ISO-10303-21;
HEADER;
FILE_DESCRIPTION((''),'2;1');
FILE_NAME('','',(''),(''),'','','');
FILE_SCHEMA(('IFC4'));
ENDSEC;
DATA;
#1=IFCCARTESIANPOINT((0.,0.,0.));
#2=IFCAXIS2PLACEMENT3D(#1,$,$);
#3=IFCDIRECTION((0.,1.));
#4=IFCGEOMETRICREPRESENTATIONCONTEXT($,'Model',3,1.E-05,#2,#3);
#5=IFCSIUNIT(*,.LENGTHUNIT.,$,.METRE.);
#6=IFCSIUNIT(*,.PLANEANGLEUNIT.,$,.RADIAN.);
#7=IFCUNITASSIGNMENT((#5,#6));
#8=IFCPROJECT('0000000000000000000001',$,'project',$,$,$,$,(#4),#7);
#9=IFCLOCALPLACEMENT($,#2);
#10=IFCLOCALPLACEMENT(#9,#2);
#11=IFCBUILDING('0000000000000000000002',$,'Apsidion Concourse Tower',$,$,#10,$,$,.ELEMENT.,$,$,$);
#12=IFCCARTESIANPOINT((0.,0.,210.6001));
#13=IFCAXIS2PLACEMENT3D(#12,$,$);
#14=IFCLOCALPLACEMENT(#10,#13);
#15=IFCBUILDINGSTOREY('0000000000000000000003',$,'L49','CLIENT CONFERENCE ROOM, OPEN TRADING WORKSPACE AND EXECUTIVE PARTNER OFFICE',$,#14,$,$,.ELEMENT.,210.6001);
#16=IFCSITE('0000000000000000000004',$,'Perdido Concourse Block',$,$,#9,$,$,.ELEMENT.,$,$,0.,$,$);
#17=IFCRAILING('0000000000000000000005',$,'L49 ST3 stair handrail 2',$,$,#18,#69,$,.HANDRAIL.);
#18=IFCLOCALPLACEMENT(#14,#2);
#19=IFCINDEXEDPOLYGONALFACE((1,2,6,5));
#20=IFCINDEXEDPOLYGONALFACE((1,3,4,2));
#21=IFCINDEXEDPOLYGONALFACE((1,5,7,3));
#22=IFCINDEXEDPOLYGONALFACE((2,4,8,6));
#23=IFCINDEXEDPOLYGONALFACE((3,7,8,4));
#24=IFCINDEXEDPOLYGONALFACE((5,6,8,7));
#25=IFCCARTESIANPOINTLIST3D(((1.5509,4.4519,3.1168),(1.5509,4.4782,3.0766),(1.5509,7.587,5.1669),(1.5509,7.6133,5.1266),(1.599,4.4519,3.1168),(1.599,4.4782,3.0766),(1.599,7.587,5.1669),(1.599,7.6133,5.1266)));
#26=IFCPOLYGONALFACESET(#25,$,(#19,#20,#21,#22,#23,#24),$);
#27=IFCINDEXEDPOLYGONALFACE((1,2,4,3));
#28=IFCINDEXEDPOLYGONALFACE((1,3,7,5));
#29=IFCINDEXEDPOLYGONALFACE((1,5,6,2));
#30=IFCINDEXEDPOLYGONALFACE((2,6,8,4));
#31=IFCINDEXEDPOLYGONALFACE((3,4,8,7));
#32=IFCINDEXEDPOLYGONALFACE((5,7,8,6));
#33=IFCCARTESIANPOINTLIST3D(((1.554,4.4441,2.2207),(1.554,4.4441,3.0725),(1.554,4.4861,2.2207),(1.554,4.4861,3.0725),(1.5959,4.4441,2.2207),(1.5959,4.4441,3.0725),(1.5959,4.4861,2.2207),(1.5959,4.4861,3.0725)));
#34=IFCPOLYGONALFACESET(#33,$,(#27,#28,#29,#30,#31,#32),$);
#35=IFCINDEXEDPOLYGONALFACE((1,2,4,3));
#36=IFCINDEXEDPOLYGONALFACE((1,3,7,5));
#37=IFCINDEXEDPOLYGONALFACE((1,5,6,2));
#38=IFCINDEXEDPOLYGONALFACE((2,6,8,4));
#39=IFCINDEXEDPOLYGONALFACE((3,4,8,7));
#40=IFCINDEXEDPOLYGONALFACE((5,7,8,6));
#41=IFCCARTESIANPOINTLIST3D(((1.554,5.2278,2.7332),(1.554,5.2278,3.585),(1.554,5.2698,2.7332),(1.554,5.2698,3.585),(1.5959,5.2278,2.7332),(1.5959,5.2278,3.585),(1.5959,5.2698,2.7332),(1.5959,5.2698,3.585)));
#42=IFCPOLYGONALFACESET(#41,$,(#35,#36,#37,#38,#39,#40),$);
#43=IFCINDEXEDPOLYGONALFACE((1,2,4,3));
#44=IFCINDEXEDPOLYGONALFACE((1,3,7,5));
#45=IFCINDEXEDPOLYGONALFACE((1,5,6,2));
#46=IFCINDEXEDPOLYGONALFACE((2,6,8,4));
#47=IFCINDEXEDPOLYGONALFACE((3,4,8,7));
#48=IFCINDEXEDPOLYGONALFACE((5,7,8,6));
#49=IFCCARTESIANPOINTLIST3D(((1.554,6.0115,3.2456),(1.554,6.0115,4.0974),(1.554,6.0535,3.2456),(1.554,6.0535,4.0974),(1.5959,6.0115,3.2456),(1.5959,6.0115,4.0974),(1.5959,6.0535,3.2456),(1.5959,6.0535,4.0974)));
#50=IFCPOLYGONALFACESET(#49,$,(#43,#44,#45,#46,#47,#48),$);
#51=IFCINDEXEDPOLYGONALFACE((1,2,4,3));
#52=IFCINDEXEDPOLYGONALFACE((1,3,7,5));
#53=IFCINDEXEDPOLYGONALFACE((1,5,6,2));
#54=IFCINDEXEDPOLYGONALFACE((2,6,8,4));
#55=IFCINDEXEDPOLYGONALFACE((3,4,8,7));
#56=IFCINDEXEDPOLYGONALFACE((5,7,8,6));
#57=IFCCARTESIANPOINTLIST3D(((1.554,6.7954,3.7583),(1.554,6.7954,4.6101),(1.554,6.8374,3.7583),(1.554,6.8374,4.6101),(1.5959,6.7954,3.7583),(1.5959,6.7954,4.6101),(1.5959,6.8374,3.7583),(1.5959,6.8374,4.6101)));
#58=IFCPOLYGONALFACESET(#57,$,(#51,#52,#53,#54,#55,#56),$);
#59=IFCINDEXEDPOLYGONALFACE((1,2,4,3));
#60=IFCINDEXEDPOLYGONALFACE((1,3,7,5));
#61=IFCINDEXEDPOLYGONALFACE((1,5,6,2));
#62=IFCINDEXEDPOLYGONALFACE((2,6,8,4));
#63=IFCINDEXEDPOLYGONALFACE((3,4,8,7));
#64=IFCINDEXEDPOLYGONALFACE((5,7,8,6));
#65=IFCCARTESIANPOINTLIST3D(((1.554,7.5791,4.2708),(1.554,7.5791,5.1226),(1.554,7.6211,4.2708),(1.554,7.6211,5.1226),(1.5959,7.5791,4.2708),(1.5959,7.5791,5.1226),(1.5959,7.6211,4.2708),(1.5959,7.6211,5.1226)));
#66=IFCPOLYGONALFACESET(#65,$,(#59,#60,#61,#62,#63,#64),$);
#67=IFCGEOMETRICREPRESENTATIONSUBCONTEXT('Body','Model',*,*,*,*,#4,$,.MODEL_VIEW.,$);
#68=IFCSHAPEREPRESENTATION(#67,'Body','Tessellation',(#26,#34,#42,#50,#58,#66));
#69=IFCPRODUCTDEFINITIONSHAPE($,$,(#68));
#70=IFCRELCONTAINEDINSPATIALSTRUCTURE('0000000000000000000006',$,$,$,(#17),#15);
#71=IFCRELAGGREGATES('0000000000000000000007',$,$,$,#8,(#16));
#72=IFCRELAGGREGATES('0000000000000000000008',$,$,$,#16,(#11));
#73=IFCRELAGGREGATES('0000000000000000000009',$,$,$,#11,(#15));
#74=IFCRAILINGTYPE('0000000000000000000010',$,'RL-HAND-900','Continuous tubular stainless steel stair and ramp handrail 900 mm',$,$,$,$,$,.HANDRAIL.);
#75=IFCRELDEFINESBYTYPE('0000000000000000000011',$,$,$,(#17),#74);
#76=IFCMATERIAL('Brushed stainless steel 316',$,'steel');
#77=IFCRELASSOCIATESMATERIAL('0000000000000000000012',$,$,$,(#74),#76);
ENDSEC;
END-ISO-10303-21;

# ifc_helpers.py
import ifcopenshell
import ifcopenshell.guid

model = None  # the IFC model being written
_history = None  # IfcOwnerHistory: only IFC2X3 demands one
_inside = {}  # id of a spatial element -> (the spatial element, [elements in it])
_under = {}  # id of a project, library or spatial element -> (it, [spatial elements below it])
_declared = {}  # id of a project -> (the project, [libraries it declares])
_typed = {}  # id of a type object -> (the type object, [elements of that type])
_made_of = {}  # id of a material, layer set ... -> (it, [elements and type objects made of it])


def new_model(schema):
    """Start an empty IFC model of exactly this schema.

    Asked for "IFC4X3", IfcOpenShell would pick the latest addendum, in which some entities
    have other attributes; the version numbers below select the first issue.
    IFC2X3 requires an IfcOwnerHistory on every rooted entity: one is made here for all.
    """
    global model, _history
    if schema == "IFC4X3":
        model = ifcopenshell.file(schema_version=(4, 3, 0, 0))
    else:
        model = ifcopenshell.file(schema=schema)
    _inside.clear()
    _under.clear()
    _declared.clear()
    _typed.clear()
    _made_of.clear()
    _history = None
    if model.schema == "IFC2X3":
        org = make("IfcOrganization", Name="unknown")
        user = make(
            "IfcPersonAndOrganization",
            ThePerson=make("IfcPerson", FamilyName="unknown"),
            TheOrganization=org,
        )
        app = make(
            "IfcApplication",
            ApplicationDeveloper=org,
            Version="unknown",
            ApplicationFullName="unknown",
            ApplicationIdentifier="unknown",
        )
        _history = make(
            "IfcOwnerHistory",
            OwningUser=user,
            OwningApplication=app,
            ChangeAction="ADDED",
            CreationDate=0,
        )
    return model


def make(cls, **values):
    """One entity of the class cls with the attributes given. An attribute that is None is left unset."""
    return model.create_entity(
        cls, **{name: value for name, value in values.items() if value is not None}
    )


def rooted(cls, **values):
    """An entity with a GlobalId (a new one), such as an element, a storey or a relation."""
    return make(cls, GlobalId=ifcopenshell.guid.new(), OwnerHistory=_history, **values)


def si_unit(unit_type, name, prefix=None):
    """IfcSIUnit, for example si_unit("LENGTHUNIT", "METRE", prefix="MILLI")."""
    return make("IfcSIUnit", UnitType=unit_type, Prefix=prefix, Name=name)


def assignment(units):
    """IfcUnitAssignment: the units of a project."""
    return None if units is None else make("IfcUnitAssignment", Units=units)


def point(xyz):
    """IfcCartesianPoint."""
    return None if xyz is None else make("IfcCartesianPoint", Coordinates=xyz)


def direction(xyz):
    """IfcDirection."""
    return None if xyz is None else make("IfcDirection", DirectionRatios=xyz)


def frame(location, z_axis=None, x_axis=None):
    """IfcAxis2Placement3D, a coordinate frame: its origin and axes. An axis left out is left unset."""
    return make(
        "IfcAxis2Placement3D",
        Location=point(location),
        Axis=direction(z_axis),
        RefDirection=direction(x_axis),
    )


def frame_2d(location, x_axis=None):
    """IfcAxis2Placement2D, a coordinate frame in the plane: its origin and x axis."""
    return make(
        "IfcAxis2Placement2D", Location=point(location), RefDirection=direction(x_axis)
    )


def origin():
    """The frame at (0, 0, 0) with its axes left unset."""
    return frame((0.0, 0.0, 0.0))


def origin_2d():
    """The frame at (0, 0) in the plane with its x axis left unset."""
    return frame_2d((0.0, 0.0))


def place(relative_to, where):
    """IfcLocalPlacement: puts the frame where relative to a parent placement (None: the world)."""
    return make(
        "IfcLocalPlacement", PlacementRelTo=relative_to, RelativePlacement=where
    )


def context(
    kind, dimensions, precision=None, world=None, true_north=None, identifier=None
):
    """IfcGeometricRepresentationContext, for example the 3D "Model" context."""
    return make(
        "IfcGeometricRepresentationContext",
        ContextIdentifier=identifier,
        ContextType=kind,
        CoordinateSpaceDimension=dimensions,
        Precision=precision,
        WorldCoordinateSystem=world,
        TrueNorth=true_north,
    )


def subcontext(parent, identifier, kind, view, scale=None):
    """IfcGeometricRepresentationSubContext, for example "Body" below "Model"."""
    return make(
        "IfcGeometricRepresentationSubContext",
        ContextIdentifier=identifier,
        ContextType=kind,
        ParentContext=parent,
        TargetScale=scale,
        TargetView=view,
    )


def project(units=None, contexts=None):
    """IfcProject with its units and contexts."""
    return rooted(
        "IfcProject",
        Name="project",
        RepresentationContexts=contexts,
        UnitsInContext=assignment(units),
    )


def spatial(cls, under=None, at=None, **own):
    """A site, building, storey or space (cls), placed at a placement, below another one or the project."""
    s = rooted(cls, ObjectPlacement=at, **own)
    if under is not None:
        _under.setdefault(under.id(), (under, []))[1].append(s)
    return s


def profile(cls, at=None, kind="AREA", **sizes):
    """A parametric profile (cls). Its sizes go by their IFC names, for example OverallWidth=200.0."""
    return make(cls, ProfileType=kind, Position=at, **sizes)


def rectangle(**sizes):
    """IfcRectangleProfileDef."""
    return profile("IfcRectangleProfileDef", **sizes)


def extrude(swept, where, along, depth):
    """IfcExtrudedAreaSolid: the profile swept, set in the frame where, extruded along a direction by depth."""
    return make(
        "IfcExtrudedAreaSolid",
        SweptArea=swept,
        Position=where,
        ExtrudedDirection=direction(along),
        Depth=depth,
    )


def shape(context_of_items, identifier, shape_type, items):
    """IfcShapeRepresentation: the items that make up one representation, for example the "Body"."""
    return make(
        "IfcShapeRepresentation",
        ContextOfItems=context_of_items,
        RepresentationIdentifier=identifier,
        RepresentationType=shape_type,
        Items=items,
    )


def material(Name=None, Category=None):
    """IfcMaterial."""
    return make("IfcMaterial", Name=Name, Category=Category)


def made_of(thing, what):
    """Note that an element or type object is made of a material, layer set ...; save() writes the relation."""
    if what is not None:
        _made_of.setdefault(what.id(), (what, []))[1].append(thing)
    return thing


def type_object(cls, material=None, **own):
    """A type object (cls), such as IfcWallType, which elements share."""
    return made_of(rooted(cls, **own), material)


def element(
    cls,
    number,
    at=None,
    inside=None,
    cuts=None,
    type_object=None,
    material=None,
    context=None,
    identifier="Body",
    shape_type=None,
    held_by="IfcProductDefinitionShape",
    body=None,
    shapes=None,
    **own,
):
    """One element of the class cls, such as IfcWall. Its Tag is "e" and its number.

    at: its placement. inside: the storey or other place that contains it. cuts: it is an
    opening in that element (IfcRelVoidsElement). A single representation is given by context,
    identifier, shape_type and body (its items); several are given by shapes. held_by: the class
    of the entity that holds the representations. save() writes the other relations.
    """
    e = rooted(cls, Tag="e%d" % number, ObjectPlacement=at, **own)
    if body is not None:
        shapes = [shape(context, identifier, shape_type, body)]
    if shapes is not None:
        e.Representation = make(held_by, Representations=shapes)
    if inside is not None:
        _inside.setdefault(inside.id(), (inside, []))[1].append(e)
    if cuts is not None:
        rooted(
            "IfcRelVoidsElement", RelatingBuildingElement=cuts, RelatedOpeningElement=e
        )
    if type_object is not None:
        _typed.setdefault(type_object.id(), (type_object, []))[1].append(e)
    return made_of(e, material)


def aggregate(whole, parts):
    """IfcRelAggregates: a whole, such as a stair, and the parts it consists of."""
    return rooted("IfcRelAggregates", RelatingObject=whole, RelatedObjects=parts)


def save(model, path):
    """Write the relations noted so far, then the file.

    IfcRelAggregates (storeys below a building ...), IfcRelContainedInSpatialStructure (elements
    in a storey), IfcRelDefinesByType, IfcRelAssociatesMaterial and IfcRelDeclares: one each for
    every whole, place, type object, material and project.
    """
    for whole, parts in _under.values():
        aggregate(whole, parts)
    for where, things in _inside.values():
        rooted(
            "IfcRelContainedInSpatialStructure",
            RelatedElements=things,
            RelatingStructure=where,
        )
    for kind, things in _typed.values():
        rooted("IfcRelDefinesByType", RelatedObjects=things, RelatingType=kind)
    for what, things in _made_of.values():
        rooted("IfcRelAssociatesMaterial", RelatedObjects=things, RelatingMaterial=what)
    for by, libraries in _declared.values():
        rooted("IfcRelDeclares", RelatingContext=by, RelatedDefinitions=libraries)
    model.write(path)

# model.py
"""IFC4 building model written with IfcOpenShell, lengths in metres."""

from ifc_helpers import new_model, si_unit, direction, frame, origin, origin_2d, place, context, subcontext, project, spatial, rectangle, extrude, material, type_object, element, save


model = new_model("IFC4")

# Units and contexts
model_context = context("Model", 3, precision=1e-05, world=origin(), true_north=direction((0.0, 1.0)))
body_context = subcontext(model_context, "Body", "Model", "MODEL_VIEW")
ifc_project = project(units=[si_unit("LENGTHUNIT", "METRE"), si_unit("PLANEANGLEUNIT", "RADIAN")], contexts=[model_context])

# Site, building, storey
site_placement = place(None, origin())
site = spatial("IfcSite", under=ifc_project, at=site_placement, Name="Perdido Concourse Block", CompositionType="ELEMENT", RefElevation=0.0)
building_placement = place(site_placement, origin())
building = spatial("IfcBuilding", under=site, at=building_placement, Name="Apsidion Concourse Tower", CompositionType="ELEMENT")
storey_placement = place(building_placement, frame((0.0, 0.0, 210.6001)))
storey = spatial("IfcBuildingStorey", under=building, at=storey_placement, Name="L49", Description="CLIENT CONFERENCE ROOM, OPEN TRADING WORKSPACE AND EXECUTIVE PARTNER OFFICE", CompositionType="ELEMENT", Elevation=210.6001)

# Railing
ifc_material_1 = material(Name="Brushed stainless steel 316", Category="steel")
railing_type_1 = type_object("IfcRailingType", Name="RL-HAND-900", Description="Continuous tubular stainless steel stair and ramp handrail 900 mm", PredefinedType="HANDRAIL", material=ifc_material_1)
railing_1_placement = place(storey_placement, frame((1.575, 4.4651, 2.2207)))
element("IfcRailing", 1, at=railing_1_placement, inside=storey, type_object=railing_type_1, Name="L49 ST3 stair handrail 2", PredefinedType="HANDRAIL", context=body_context, shape_type="SweptSolid", body=[
    extrude(rectangle(XDim=0.0481, YDim=0.0481, at=origin_2d()), frame((0.0, 0.0, 0.876), z_axis=(0.0, 0.836941, 0.547293), x_axis=(-1.0, 0.0, 0.0)), (0.0, 0.0, 1.0), 3.7458),
    extrude(rectangle(XDim=0.042, YDim=0.042, at=origin_2d()), origin(), (0.0, 0.0, 1.0), 0.8518),
    extrude(rectangle(XDim=0.042, YDim=0.042, at=origin_2d()), frame((0.0, 0.7837, 0.5125)), (0.0, 0.0, 1.0), 0.8518),
    extrude(rectangle(XDim=0.042, YDim=0.042, at=origin_2d()), frame((0.0, 1.5674, 1.0249)), (0.0, 0.0, 1.0), 0.8518),
    extrude(rectangle(XDim=0.042, YDim=0.042, at=origin_2d()), frame((0.0, 2.3513, 1.5376)), (0.0, 0.0, 1.0), 0.8518),
    extrude(rectangle(XDim=0.042, YDim=0.042, at=origin_2d()), frame((0.0, 3.135, 2.05)), (0.0, 0.0, 1.0), 0.8518),
])

save(model, "model.ifc")
